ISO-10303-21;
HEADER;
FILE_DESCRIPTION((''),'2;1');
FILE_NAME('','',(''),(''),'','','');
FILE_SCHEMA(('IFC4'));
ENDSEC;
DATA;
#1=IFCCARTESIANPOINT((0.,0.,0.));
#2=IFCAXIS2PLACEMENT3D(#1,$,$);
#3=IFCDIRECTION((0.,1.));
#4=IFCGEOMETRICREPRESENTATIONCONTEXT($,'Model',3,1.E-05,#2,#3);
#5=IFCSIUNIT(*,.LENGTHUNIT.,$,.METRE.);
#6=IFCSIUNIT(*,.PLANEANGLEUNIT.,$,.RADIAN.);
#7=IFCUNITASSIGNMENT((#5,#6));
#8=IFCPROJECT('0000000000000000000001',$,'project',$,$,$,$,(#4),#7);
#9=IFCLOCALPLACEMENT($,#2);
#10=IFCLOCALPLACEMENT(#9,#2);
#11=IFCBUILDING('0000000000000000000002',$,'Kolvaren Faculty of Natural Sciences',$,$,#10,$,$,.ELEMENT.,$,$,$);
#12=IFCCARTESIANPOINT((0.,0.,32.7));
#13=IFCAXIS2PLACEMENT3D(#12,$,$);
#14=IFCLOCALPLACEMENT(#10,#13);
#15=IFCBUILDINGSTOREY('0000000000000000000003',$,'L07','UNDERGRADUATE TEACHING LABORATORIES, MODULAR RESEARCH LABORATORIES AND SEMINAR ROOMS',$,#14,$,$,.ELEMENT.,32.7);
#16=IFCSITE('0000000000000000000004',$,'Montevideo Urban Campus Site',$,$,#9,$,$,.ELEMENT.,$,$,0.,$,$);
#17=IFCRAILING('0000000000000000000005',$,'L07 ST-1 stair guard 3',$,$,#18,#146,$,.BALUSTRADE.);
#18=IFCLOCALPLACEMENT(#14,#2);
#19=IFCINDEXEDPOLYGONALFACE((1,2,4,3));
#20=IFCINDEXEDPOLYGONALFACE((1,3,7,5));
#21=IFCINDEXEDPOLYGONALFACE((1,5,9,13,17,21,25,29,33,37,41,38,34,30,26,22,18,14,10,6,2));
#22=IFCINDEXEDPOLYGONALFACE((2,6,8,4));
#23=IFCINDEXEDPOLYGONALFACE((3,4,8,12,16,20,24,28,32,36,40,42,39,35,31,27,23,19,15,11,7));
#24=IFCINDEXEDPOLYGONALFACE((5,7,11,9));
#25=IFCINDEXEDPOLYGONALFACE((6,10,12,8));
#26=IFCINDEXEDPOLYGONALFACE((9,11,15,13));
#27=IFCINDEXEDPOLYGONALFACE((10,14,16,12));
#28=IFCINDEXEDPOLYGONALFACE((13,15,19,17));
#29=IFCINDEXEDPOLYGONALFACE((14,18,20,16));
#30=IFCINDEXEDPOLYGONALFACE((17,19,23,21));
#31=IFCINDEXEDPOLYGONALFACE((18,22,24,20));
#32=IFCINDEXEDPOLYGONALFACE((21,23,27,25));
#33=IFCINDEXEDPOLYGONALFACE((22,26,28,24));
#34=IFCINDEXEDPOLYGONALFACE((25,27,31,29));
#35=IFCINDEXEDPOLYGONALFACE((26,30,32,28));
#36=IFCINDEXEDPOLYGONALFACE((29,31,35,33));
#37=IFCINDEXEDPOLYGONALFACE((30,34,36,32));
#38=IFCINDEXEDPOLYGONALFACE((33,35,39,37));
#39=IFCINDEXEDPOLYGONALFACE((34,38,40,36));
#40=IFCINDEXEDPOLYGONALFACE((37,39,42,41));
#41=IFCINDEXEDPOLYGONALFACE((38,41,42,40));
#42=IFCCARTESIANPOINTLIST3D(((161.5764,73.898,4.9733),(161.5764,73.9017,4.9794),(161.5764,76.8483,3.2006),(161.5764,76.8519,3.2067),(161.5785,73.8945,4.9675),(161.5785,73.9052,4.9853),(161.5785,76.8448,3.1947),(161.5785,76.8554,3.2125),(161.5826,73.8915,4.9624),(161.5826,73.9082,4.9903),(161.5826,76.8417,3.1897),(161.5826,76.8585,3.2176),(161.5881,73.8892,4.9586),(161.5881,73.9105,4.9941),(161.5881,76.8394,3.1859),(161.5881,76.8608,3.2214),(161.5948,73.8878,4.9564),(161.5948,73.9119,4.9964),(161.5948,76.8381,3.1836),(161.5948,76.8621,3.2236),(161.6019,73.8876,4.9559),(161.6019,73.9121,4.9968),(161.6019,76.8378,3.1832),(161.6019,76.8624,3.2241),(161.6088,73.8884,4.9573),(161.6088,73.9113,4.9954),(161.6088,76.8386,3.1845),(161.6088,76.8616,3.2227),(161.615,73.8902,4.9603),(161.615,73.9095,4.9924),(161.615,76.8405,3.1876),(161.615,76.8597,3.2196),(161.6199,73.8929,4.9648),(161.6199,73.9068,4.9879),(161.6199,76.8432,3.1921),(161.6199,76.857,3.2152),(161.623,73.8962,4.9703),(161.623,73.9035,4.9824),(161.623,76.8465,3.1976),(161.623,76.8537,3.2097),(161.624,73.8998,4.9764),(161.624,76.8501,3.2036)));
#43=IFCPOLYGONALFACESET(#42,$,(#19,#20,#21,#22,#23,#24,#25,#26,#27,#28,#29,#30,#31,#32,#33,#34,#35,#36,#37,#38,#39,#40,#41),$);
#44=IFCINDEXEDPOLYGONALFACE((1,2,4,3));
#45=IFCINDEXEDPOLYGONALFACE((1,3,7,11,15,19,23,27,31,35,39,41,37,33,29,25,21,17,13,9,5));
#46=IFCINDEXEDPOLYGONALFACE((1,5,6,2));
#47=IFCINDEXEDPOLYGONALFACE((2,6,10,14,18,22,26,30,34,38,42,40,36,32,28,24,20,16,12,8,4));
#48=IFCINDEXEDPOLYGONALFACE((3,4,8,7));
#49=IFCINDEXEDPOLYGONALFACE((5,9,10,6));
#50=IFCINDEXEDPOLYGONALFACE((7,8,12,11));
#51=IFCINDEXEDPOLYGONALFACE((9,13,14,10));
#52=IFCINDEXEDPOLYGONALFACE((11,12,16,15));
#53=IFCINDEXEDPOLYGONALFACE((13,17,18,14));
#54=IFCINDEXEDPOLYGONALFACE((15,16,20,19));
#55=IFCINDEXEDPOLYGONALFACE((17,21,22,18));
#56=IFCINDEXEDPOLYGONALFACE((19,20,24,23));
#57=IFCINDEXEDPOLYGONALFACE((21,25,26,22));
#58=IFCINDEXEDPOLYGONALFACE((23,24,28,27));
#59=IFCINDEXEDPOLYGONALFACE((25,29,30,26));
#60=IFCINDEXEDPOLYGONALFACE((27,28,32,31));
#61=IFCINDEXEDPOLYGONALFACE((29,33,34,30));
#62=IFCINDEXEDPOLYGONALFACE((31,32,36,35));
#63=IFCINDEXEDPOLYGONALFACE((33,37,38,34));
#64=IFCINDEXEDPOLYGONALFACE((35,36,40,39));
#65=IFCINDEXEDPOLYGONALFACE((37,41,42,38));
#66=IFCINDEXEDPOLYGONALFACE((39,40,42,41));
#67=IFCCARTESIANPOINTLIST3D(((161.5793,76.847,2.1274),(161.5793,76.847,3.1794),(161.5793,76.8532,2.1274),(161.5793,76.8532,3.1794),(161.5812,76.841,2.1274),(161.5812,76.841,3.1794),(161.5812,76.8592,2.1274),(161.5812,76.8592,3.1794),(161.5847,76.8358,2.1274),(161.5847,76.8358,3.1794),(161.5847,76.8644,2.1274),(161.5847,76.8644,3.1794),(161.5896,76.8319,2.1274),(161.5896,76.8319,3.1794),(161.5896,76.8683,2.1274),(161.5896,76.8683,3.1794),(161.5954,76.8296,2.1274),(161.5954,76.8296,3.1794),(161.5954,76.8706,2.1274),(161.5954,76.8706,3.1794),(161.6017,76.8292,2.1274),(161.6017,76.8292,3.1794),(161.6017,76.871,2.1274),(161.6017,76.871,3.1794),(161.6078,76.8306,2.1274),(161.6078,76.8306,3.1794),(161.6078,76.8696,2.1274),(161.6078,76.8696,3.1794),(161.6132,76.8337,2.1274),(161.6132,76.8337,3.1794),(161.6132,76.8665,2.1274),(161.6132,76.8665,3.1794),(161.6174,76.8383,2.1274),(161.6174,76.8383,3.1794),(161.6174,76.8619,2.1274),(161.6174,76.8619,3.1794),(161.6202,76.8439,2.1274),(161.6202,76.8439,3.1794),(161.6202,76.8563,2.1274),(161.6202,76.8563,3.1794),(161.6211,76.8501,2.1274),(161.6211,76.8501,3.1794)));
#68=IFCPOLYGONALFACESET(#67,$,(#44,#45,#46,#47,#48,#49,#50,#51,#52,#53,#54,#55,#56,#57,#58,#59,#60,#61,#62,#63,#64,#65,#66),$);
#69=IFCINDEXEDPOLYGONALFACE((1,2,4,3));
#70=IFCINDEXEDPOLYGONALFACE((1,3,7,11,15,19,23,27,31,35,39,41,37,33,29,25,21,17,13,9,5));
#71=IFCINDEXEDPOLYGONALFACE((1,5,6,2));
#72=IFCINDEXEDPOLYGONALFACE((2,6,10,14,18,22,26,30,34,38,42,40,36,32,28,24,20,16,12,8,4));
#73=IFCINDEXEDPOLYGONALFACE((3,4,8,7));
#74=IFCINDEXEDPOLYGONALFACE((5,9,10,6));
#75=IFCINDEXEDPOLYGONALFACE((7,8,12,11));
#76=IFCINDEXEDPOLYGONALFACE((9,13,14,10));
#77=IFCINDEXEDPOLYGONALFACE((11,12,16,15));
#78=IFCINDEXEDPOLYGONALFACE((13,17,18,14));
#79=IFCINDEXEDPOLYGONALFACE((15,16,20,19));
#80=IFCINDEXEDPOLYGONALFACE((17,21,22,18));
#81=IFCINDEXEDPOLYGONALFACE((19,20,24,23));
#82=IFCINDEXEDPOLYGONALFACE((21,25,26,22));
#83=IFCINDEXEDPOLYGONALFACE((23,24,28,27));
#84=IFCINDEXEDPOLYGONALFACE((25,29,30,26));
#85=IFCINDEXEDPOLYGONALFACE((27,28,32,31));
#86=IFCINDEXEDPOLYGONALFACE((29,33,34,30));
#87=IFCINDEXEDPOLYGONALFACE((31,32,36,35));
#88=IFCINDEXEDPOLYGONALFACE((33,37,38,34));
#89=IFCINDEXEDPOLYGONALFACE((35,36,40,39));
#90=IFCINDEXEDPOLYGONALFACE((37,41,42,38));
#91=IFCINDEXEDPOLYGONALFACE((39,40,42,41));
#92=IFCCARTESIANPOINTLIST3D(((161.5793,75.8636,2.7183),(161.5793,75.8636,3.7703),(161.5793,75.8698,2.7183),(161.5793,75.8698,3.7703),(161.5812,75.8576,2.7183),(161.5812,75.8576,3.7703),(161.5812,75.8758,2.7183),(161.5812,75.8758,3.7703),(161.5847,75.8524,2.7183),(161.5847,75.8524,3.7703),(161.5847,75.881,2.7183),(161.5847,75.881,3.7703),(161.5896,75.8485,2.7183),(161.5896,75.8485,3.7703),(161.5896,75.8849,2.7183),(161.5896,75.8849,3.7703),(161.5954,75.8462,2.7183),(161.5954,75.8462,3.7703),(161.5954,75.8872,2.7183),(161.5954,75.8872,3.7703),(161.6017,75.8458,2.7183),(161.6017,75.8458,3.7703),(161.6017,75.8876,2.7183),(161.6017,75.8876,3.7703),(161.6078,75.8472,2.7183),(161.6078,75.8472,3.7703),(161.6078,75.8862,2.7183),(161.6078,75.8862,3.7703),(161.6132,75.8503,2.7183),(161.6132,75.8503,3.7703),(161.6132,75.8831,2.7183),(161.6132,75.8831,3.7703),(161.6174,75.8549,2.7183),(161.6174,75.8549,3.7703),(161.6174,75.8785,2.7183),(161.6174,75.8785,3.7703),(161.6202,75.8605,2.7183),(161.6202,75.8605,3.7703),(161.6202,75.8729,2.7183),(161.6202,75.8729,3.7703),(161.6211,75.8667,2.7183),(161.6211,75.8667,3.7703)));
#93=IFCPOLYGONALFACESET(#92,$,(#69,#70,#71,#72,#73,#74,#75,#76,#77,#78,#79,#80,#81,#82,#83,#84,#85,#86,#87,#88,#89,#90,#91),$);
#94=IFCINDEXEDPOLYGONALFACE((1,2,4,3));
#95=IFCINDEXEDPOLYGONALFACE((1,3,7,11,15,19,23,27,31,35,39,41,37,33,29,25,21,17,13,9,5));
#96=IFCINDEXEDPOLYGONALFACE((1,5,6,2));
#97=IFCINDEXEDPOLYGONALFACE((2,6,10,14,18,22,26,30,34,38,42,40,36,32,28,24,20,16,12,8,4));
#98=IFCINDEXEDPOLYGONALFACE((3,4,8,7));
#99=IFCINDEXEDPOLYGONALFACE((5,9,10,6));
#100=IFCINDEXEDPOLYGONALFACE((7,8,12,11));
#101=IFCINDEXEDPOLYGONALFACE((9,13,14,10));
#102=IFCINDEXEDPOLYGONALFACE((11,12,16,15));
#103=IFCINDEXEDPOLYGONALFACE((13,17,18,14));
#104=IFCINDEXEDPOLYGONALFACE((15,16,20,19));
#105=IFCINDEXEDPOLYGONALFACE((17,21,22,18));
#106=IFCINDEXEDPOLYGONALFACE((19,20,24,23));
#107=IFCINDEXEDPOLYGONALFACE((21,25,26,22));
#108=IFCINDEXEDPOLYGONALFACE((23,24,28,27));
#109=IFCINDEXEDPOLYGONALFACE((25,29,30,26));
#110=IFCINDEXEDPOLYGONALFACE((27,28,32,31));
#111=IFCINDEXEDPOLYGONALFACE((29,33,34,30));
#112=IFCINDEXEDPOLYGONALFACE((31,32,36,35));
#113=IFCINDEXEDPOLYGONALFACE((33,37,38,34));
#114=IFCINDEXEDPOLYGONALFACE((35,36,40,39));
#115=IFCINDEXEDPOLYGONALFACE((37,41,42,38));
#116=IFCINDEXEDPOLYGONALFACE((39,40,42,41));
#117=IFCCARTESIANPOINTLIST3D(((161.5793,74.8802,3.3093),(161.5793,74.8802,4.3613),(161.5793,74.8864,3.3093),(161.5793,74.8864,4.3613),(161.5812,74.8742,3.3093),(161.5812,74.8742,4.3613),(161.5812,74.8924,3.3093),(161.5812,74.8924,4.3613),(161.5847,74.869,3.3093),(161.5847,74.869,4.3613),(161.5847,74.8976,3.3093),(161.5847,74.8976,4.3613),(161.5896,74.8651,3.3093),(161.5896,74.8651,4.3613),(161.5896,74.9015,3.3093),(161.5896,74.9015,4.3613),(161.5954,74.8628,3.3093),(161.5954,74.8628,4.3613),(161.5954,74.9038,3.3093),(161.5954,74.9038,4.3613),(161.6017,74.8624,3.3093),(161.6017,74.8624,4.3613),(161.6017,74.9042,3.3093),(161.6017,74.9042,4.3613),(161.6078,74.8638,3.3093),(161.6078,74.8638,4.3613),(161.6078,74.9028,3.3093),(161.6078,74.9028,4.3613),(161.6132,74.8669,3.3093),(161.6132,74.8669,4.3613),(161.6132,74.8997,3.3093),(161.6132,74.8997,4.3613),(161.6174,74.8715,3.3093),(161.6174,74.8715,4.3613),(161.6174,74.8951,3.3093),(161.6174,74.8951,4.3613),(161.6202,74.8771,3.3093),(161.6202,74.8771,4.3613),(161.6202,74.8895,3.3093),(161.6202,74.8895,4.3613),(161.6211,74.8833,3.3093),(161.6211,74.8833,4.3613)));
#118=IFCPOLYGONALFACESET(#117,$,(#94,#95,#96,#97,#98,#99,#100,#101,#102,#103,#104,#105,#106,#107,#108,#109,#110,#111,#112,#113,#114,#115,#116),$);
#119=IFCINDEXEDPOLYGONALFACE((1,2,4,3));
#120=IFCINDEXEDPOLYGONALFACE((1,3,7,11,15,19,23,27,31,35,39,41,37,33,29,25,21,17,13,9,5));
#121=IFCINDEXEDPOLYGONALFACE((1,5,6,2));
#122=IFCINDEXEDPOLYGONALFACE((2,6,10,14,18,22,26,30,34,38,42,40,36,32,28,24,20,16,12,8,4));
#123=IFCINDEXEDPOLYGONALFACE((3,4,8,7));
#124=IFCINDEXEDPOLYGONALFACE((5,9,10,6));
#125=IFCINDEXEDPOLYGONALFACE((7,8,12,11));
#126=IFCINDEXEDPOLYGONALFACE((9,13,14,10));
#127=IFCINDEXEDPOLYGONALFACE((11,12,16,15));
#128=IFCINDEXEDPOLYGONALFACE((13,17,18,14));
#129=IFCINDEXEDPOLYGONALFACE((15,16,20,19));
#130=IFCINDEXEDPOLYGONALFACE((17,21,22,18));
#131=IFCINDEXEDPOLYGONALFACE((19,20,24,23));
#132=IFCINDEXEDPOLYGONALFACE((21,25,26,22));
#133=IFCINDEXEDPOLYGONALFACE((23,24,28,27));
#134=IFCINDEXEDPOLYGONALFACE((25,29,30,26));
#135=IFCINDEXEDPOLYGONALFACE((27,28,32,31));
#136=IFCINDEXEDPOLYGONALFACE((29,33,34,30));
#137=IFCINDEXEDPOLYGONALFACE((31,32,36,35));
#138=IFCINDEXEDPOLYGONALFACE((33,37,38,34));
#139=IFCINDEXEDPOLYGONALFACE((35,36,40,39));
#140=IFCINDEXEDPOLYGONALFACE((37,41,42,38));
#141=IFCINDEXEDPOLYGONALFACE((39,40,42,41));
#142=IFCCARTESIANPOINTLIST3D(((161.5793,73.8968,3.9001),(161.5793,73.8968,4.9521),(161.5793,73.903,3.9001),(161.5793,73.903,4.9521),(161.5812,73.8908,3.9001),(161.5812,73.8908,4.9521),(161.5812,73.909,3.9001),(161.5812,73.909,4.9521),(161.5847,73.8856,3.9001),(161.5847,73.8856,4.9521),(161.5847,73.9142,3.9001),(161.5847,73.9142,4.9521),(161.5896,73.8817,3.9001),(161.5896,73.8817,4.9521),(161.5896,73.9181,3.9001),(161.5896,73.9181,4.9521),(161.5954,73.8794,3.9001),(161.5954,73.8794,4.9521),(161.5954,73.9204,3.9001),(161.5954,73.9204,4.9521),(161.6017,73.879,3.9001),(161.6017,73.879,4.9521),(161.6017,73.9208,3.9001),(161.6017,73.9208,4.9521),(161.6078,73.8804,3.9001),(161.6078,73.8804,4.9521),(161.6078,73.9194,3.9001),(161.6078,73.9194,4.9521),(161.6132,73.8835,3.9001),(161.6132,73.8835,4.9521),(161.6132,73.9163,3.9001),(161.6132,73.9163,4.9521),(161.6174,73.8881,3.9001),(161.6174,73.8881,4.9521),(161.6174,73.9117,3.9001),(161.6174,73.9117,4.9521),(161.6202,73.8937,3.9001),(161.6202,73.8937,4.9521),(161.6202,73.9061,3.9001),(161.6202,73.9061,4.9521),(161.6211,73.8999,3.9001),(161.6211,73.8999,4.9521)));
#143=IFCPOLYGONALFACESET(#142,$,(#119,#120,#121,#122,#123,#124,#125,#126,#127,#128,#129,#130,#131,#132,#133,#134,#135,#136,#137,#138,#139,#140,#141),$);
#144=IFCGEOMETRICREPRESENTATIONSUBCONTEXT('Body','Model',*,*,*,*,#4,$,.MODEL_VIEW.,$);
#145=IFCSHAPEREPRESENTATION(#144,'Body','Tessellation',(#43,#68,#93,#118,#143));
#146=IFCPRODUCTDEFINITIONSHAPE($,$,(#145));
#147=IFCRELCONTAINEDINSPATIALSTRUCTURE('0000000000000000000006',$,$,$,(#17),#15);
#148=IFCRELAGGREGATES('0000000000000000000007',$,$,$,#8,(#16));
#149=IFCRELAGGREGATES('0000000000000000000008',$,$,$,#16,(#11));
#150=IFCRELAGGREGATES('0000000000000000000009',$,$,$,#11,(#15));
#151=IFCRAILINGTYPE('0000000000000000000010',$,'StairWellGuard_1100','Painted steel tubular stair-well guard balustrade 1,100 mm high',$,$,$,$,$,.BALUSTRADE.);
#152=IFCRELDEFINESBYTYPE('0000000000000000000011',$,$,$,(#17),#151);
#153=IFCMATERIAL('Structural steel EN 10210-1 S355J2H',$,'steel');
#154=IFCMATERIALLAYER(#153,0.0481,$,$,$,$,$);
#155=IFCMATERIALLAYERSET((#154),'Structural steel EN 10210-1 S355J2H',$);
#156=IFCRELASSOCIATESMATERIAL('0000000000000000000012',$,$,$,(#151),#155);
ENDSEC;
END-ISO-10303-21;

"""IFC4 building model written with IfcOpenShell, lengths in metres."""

from ifc_helpers import new_model, si_unit, direction, frame, origin, origin_2d, place, context, subcontext, project, spatial, circle, extrude, material, layer, layer_set, type_object, element, save


model = new_model("IFC4")

# Units and contexts
model_context = context("Model", 3, precision=1e-05, world=origin(), true_north=direction((0.0, 1.0)))
body_context = subcontext(model_context, "Body", "Model", "MODEL_VIEW")
ifc_project = project(units=[si_unit("LENGTHUNIT", "METRE"), si_unit("PLANEANGLEUNIT", "RADIAN")], contexts=[model_context])

# Site, building, storey
site_placement = place(None, origin())
site = spatial("IfcSite", under=ifc_project, at=site_placement, Name="Montevideo Urban Campus Site", CompositionType="ELEMENT", RefElevation=0.0)
building_placement = place(site_placement, origin())
building = spatial("IfcBuilding", under=site, at=building_placement, Name="Kolvaren Faculty of Natural Sciences", CompositionType="ELEMENT")
storey_placement = place(building_placement, frame((0.0, 0.0, 32.7)))
storey = spatial("IfcBuildingStorey", under=building, at=storey_placement, Name="L07", Description="UNDERGRADUATE TEACHING LABORATORIES, MODULAR RESEARCH LABORATORIES AND SEMINAR ROOMS", CompositionType="ELEMENT", Elevation=32.7)

# Railing
ifc_material_1 = material(Name="Structural steel EN 10210-1 S355J2H", Category="steel")
ifc_layer_1 = layer(ifc_material_1, 0.0481)
ifc_layer_set_1 = layer_set([ifc_layer_1], Name="Structural steel EN 10210-1 S355J2H")
railing_type_1 = type_object("IfcRailingType", Name="StairWellGuard_1100", Description="Painted steel tubular stair-well guard balustrade 1,100 mm high", PredefinedType="BALUSTRADE", material=ifc_layer_set_1)
railing_1_placement = place(storey_placement, frame((161.6001, 76.8501, 2.1274)))
element("IfcRailing", 1, at=railing_1_placement, inside=storey, type_object=railing_type_1, Name="L07 ST-1 stair guard 3", PredefinedType="BALUSTRADE", context=body_context, shape_type="SweptSolid", body=[
    extrude(circle(Radius=0.0239, at=origin_2d()), frame((0.0, 0.0, 1.0762), z_axis=(0.0, -0.857161, 0.515049), x_axis=(1.0, 0.0, 0.0)), (0.0, 0.0, 1.0), 3.4419),
    extrude(circle(Radius=0.021, at=origin_2d()), origin(), (0.0, 0.0, 1.0), 1.052),
    extrude(circle(Radius=0.021, at=origin_2d()), frame((0.0, -0.9834, 0.5908)), (0.0, 0.0, 1.0), 1.052),
    extrude(circle(Radius=0.021, at=origin_2d()), frame((0.0, -1.9668, 1.1819)), (0.0, 0.0, 1.0), 1.052),
    extrude(circle(Radius=0.021, at=origin_2d()), frame((0.0, -2.9502, 1.7727)), (0.0, 0.0, 1.0), 1.052),
])

save(model, "model.ifc")
